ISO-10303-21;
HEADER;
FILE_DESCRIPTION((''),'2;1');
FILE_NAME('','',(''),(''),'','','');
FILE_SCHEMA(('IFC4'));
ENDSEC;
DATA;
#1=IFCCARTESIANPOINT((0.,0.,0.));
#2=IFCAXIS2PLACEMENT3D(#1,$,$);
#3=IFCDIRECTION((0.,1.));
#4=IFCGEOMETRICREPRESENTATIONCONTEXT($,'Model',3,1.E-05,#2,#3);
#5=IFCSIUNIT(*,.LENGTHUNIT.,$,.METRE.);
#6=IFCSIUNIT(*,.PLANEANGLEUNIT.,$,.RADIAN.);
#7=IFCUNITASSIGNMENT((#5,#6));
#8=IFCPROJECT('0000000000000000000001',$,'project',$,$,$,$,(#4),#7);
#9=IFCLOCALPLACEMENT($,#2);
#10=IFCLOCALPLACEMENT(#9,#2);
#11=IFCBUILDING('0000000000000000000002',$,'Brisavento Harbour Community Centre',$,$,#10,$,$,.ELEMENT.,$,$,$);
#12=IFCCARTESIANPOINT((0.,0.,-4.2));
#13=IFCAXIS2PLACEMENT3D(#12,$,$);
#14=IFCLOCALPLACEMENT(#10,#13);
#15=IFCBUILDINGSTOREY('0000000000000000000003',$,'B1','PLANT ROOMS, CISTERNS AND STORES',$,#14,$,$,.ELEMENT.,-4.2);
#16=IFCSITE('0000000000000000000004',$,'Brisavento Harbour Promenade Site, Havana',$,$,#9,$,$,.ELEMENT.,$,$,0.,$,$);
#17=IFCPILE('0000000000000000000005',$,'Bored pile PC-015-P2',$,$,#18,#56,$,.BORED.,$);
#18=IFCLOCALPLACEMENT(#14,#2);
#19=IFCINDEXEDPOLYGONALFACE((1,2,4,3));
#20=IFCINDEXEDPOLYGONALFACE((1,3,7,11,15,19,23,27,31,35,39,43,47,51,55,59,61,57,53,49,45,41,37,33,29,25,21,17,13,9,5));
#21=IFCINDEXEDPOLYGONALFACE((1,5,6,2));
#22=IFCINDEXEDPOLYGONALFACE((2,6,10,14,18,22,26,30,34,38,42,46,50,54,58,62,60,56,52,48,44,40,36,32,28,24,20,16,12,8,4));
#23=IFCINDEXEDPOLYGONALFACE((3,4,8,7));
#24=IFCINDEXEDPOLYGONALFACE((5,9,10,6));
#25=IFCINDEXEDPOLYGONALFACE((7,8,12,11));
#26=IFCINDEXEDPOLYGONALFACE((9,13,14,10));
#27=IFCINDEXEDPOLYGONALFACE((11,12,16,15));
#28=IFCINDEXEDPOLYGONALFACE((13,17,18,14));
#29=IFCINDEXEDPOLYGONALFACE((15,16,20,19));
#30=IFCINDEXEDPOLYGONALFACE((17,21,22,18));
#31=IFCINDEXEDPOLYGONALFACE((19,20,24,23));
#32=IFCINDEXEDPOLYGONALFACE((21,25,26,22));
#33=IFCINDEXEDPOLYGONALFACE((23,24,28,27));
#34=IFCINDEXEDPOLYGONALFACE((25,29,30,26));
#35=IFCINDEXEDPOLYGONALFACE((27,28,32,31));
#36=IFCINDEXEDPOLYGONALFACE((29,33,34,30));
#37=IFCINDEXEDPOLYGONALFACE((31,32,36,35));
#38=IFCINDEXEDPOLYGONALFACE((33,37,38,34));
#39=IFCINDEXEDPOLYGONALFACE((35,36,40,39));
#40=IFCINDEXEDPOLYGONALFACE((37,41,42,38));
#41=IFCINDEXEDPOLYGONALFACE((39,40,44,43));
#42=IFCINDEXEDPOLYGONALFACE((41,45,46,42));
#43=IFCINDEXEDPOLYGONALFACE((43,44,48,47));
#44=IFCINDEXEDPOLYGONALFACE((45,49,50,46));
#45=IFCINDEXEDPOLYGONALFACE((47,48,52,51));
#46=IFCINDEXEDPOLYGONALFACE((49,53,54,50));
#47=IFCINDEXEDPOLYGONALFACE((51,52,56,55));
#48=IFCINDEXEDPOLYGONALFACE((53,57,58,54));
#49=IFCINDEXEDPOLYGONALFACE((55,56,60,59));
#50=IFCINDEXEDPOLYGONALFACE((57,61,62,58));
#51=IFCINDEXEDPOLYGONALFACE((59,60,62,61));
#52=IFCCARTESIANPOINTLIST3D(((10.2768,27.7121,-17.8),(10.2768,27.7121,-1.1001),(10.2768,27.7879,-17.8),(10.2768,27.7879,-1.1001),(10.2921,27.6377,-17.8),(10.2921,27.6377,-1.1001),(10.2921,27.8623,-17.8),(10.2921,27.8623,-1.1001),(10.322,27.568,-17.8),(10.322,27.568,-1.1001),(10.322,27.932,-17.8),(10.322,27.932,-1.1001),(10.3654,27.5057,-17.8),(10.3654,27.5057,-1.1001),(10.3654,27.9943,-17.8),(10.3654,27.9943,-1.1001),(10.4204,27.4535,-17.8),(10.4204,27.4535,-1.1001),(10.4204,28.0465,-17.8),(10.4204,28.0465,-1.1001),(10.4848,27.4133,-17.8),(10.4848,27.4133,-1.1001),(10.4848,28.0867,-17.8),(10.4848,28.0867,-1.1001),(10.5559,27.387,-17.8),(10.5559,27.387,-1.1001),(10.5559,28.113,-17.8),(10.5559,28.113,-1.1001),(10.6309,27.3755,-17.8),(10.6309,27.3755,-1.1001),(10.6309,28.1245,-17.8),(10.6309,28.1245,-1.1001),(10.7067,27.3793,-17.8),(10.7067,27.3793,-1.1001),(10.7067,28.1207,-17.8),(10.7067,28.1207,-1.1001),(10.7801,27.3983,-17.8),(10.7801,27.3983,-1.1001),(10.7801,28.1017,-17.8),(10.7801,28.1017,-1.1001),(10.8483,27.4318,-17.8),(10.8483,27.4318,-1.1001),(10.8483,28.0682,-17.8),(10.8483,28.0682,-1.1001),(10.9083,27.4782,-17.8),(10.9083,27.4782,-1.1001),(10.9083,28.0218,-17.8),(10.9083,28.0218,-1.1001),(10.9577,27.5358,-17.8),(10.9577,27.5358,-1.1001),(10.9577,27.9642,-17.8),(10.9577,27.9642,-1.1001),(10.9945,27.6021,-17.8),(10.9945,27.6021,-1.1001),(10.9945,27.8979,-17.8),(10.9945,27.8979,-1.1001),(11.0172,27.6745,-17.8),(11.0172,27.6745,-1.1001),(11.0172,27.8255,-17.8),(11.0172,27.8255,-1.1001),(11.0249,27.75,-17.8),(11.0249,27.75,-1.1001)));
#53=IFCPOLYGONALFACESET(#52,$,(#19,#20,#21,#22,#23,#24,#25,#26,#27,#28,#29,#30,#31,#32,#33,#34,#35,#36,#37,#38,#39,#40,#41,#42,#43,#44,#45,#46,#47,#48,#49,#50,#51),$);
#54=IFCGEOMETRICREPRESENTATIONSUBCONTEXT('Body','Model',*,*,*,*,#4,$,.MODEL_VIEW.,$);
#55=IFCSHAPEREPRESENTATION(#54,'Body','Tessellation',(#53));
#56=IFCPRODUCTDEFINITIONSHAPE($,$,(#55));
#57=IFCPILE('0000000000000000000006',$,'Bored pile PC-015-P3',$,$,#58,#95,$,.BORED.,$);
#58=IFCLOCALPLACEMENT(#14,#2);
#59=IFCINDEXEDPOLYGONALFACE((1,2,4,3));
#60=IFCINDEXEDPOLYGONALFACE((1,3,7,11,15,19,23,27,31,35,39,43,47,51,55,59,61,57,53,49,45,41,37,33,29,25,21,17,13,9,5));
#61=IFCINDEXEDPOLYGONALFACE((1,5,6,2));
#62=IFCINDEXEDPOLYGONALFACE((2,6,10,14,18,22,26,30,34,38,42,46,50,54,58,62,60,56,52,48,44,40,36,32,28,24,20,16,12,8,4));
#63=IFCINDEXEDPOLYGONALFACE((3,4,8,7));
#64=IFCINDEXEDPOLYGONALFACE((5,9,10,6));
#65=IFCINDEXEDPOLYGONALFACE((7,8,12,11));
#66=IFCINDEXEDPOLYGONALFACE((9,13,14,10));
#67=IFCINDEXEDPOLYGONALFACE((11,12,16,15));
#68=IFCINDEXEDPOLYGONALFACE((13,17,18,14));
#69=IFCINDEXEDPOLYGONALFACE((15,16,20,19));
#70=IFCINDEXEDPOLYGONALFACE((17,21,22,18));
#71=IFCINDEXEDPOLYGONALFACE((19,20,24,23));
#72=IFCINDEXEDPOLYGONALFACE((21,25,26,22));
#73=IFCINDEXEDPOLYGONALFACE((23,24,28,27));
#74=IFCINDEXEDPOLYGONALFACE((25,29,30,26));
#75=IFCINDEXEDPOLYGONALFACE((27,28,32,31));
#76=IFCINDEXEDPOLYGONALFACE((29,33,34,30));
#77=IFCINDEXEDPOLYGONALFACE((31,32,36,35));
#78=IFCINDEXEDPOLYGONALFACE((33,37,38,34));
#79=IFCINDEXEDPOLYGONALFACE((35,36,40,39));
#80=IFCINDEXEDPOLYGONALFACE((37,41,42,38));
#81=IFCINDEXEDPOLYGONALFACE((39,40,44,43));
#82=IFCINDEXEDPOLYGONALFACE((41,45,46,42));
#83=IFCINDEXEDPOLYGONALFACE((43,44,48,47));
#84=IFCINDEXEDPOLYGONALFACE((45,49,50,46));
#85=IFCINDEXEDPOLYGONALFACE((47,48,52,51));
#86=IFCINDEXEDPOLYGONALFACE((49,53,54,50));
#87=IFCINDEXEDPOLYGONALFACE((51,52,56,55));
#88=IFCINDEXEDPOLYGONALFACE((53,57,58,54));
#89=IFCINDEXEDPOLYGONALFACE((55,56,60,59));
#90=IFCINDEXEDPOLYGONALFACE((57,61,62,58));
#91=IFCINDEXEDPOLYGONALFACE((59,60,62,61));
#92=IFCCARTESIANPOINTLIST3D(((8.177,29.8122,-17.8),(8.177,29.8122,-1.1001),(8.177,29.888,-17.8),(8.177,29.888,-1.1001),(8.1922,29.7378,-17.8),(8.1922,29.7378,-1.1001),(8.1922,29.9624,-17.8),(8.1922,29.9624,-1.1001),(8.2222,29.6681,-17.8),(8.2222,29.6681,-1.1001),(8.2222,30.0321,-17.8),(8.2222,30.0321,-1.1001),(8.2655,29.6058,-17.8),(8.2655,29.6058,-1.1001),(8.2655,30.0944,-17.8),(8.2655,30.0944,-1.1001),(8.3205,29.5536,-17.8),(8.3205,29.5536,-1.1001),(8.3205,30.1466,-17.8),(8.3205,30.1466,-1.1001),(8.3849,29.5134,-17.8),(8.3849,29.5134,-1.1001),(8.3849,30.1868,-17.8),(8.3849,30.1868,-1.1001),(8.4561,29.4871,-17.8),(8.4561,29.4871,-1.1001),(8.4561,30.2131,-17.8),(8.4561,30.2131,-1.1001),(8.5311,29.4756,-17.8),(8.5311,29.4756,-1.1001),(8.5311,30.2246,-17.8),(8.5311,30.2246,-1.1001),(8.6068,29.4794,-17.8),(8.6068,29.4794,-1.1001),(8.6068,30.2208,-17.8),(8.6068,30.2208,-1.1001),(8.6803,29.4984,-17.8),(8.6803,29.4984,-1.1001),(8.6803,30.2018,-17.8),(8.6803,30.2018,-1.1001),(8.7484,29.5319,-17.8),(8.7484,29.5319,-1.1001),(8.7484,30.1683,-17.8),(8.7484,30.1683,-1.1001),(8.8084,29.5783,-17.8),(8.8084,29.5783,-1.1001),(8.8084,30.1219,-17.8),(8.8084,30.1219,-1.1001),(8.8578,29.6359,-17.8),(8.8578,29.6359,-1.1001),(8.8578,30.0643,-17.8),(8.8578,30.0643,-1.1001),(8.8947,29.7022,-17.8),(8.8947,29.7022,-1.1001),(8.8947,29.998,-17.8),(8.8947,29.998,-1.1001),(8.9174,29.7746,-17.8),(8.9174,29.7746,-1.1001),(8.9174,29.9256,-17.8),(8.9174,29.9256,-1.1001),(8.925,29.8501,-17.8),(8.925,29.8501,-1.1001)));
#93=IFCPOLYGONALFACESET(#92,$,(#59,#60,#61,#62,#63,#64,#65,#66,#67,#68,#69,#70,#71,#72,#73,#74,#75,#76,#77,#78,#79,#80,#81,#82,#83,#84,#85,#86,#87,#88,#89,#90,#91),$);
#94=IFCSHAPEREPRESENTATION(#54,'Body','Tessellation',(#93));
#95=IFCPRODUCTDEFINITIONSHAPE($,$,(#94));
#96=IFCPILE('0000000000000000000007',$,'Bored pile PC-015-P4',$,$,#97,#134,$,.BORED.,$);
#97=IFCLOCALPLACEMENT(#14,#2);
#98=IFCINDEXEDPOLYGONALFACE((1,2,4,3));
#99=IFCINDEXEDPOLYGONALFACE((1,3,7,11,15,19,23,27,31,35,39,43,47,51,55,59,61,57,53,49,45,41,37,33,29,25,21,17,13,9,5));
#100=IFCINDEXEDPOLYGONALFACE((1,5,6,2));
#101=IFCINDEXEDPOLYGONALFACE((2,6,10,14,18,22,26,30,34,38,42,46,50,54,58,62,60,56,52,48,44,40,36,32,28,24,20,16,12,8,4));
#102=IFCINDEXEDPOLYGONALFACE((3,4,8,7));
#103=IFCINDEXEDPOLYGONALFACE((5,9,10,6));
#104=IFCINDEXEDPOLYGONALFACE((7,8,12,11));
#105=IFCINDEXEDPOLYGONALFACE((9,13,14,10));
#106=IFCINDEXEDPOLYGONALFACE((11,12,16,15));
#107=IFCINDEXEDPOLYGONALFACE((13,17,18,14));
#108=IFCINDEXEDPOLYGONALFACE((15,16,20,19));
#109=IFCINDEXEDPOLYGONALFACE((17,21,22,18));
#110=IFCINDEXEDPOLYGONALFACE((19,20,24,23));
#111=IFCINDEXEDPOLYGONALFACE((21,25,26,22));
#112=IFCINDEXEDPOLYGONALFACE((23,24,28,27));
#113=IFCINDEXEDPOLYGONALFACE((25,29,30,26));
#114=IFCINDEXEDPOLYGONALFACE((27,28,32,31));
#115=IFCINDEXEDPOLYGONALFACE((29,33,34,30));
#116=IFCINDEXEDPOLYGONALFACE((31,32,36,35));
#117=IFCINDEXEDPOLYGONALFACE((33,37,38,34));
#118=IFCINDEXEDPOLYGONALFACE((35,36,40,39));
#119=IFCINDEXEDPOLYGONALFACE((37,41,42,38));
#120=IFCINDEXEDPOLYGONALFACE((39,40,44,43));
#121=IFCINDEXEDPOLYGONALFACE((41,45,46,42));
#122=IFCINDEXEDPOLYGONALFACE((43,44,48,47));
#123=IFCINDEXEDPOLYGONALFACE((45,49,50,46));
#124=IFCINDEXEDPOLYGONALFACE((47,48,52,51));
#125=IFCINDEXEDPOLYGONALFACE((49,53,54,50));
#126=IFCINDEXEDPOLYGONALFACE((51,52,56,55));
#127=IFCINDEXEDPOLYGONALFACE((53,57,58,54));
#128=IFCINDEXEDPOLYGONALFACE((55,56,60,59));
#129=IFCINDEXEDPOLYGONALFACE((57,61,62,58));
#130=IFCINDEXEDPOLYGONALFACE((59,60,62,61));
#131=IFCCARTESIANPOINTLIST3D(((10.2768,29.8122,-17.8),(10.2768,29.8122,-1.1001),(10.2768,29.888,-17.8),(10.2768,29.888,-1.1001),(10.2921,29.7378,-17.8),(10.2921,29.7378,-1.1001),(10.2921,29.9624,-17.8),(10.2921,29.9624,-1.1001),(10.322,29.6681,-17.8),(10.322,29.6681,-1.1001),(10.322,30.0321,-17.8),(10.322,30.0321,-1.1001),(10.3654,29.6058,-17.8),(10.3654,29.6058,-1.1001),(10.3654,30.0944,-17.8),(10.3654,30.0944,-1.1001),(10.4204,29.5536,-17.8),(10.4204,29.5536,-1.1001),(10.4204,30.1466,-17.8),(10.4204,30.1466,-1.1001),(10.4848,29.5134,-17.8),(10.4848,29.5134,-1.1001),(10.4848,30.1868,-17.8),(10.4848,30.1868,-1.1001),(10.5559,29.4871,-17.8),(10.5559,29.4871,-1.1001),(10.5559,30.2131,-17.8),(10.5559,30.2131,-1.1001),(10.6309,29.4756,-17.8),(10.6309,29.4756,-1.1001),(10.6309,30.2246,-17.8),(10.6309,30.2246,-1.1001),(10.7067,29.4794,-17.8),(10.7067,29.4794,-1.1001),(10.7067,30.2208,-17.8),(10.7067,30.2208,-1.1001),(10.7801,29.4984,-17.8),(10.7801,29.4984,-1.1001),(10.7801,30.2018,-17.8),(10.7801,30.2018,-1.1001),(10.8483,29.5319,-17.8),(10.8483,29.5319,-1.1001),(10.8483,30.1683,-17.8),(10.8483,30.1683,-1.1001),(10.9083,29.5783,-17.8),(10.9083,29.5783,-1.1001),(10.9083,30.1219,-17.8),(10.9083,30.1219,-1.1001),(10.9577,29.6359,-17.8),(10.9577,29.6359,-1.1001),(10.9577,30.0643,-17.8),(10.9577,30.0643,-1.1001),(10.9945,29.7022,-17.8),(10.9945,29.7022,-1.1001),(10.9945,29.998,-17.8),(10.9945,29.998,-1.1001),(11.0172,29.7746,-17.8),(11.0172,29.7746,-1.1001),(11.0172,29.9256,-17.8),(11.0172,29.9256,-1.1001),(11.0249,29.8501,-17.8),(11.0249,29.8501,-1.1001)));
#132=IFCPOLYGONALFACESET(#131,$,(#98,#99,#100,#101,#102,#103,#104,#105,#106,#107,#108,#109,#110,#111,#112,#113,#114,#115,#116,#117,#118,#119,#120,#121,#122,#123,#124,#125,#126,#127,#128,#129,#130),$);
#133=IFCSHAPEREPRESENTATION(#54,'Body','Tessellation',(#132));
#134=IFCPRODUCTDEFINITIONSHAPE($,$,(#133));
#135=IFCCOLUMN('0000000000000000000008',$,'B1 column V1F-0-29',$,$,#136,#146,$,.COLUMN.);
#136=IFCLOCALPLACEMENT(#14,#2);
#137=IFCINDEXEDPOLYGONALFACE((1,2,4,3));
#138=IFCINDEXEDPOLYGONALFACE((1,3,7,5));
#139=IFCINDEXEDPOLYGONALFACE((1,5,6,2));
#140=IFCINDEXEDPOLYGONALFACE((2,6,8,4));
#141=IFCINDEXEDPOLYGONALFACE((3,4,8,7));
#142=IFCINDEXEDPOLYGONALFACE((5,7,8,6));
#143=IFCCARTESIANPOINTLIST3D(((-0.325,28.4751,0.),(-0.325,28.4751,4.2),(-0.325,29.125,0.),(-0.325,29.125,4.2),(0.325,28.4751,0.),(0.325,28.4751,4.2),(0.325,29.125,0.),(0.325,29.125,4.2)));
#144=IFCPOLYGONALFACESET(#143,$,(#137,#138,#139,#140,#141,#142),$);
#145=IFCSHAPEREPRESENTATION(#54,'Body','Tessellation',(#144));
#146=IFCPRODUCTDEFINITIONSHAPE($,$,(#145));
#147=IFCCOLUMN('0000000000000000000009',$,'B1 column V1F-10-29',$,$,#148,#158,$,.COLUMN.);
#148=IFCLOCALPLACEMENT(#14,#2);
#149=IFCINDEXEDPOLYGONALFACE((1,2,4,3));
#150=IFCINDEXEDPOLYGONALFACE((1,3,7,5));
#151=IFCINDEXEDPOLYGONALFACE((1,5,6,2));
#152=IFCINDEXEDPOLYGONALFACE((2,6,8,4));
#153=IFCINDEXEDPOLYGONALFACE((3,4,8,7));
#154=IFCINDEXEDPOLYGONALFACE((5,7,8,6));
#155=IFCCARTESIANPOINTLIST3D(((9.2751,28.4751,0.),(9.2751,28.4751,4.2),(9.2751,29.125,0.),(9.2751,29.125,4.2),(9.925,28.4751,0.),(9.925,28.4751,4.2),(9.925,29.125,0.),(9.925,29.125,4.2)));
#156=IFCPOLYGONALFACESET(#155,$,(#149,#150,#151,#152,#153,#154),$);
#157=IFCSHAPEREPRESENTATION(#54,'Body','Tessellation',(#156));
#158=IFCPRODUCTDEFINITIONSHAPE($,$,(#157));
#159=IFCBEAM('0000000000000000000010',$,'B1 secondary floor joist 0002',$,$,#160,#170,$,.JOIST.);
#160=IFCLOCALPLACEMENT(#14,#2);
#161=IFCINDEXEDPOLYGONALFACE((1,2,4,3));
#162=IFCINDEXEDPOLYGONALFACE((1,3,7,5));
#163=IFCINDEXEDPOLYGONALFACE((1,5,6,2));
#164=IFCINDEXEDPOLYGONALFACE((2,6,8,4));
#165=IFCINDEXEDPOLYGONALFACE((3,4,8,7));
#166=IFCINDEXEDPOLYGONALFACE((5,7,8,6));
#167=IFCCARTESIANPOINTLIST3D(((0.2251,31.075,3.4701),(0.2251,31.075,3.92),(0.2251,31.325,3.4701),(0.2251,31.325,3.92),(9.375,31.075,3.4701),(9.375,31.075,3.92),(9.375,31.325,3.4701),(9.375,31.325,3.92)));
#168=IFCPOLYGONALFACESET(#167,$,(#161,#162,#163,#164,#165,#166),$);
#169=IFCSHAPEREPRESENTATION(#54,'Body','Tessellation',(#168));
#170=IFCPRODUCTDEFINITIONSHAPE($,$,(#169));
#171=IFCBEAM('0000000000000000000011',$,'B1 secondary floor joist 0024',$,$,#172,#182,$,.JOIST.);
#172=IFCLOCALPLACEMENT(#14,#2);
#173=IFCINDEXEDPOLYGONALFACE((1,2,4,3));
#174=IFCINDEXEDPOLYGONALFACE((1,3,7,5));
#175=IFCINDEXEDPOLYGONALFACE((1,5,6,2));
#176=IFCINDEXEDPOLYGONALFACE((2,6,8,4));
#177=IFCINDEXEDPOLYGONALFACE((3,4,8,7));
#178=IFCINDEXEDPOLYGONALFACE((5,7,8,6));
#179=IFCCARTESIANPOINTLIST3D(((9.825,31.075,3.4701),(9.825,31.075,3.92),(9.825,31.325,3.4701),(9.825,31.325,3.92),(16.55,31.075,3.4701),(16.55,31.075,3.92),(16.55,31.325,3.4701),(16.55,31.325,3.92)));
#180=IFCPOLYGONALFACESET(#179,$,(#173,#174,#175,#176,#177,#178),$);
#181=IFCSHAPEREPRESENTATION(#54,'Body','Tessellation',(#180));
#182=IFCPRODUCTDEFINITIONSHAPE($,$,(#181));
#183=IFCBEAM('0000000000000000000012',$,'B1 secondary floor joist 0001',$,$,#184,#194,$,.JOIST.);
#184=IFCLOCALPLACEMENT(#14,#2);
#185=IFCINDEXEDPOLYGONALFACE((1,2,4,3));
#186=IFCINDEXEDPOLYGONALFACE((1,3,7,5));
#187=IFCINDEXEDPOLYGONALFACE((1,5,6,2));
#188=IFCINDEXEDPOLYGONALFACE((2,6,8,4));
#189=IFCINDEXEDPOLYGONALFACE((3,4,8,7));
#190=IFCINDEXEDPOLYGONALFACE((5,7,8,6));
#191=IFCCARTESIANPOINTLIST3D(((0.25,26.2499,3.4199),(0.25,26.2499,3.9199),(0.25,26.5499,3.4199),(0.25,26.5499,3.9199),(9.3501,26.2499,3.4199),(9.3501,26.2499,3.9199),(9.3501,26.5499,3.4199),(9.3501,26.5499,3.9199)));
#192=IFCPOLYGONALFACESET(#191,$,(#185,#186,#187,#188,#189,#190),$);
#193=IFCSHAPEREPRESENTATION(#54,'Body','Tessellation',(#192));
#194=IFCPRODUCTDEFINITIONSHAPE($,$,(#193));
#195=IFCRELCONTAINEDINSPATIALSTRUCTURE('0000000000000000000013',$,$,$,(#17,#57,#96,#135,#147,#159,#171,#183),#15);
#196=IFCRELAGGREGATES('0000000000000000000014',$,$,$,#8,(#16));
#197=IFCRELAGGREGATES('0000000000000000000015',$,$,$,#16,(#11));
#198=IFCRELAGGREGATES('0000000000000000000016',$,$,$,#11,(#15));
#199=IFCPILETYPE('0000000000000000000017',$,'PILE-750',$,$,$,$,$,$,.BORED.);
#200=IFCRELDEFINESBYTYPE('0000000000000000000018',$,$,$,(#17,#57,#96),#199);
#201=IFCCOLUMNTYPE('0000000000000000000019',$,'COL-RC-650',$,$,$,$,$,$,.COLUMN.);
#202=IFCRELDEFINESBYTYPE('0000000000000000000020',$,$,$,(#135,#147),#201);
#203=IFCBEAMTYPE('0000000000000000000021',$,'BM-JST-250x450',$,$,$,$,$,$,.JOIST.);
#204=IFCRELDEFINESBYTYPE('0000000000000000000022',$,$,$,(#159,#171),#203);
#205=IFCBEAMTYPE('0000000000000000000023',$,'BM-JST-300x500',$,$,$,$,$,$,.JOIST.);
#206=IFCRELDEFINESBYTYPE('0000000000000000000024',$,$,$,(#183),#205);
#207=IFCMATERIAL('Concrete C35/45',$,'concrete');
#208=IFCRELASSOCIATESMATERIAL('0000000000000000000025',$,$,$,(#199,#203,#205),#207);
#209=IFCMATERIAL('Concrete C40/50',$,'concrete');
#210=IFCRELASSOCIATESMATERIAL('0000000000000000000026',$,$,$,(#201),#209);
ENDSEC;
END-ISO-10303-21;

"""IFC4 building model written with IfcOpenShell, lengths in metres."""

from ifc_helpers import new_model, si_unit, direction, frame, origin, origin_2d, place, context, subcontext, project, spatial, rectangle, circle, extrude, material, material_profile, profile_set, type_object, element, save


model = new_model("IFC4")

# Units and contexts
model_context = context("Model", 3, precision=1e-05, world=origin(), true_north=direction((0.0, 1.0)))
body_context = subcontext(model_context, "Body", "Model", "MODEL_VIEW")
ifc_project = project(units=[si_unit("LENGTHUNIT", "METRE"), si_unit("PLANEANGLEUNIT", "RADIAN")], contexts=[model_context])

# Site, building, storey
site_placement = place(None, origin())
site = spatial("IfcSite", under=ifc_project, at=site_placement, Name="Brisavento Harbour Promenade Site, Havana", CompositionType="ELEMENT", RefElevation=0.0)
building_placement = place(site_placement, origin())
building = spatial("IfcBuilding", under=site, at=building_placement, Name="Brisavento Harbour Community Centre", CompositionType="ELEMENT")
storey_placement = place(building_placement, frame((0.0, 0.0, -4.2)))
storey = spatial("IfcBuildingStorey", under=building, at=storey_placement, Name="B1", Description="PLANT ROOMS, CISTERNS AND STORES", CompositionType="ELEMENT", Elevation=-4.2)

# Shared definitions
ifc_material_1 = material(Name="Concrete C35/45", Category="concrete")

# Piles
ifc_material_profile_1 = material_profile(ifc_material_1, circle(Radius=0.375, at=origin_2d()), Name="Concrete C35/45")
ifc_profile_set_1 = profile_set([ifc_material_profile_1], Name="Concrete C35/45")
pile_type = type_object("IfcPileType", Name="PILE-750", PredefinedType="BORED", material=ifc_profile_set_1)
for number, where, z_axis, x_axis, name in (
    (1, (10.6499, 27.75, -1.1001), (0.0, 0.0, -1.0), (1.0, 0.0, 0.0), "Bored pile PC-015-P2"),
    (2, (8.55, 29.8501, -1.1001), (0.0, 0.0, -1.0), (1.0, 0.0, 0.0), "Bored pile PC-015-P3"),
    (3, (10.6499, 29.8501, -1.1001), (0.0, 0.0, -1.0), (1.0, 0.0, 0.0), "Bored pile PC-015-P4"),
):
    element("IfcPile", number, at=place(storey_placement, frame(where, z_axis=z_axis, x_axis=x_axis)), inside=storey, type_object=pile_type, Name=name, PredefinedType="BORED", context=body_context, shape_type="SweptSolid", body=[
        extrude(circle(Radius=0.375, at=origin_2d()), origin(), (0.0, 0.0, 1.0), 16.7),
    ])

# Columns
ifc_material_2 = material(Name="Concrete C40/50", Category="concrete")
ifc_material_profile_2 = material_profile(ifc_material_2, rectangle(XDim=0.6499, YDim=0.6499, at=origin_2d()), Name="Concrete C40/50")
ifc_profile_set_2 = profile_set([ifc_material_profile_2], Name="Concrete C40/50")
column_type = type_object("IfcColumnType", Name="COL-RC-650", PredefinedType="COLUMN", material=ifc_profile_set_2)
for number, where, z_axis, x_axis, name in (
    (4, (0.0, 28.8, 0.0), (0.0, 0.0, 1.0), (1.0, 0.0, 0.0), "B1 column V1F-0-29"),
    (5, (9.6001, 28.8, 0.0), (0.0, 0.0, 1.0), (1.0, 0.0, 0.0), "B1 column V1F-10-29"),
):
    element("IfcColumn", number, at=place(storey_placement, frame(where, z_axis=z_axis, x_axis=x_axis)), inside=storey, type_object=column_type, Name=name, PredefinedType="COLUMN", context=body_context, shape_type="SweptSolid", body=[
        extrude(rectangle(XDim=0.6499, YDim=0.6499, at=origin_2d()), origin(), (0.0, 0.0, 1.0), 4.2),
    ])

# Beams
ifc_material_profile_3 = material_profile(ifc_material_1, rectangle(XDim=0.25, YDim=0.45, at=origin_2d()), Name="Concrete C35/45")
ifc_profile_set_3 = profile_set([ifc_material_profile_3], Name="Concrete C35/45")
beam_type_1 = type_object("IfcBeamType", Name="BM-JST-250x450", PredefinedType="JOIST", material=ifc_profile_set_3)
beam_1_placement = place(storey_placement, frame((0.2251, 31.2, 3.6951), z_axis=(1.0, 0.0, 0.0), x_axis=(0.0, 1.0, 0.0)))
element("IfcBeam", 6, at=beam_1_placement, inside=storey, type_object=beam_type_1, Name="B1 secondary floor joist 0002", PredefinedType="JOIST", context=body_context, shape_type="SweptSolid", body=[
    extrude(rectangle(XDim=0.25, YDim=0.45, at=origin_2d()), origin(), (0.0, 0.0, 1.0), 9.1499),
])
beam_2_placement = place(storey_placement, frame((9.825, 31.2, 3.6951), z_axis=(1.0, 0.0, 0.0), x_axis=(0.0, 1.0, 0.0)))
element("IfcBeam", 7, at=beam_2_placement, inside=storey, type_object=beam_type_1, Name="B1 secondary floor joist 0024", PredefinedType="JOIST", context=body_context, shape_type="SweptSolid", body=[
    extrude(rectangle(XDim=0.25, YDim=0.45, at=origin_2d()), origin(), (0.0, 0.0, 1.0), 6.7251),
])
ifc_material_profile_4 = material_profile(ifc_material_1, rectangle(XDim=0.3, YDim=0.5, at=origin_2d()), Name="Concrete C35/45")
ifc_profile_set_4 = profile_set([ifc_material_profile_4], Name="Concrete C35/45")
beam_type_2 = type_object("IfcBeamType", Name="BM-JST-300x500", PredefinedType="JOIST", material=ifc_profile_set_4)
beam_3_placement = place(storey_placement, frame((0.25, 26.3999, 3.6699), z_axis=(1.0, 0.0, 0.0), x_axis=(0.0, 1.0, 0.0)))
element("IfcBeam", 8, at=beam_3_placement, inside=storey, type_object=beam_type_2, Name="B1 secondary floor joist 0001", PredefinedType="JOIST", context=body_context, shape_type="SweptSolid", body=[
    extrude(rectangle(XDim=0.3, YDim=0.5, at=origin_2d()), origin(), (0.0, 0.0, 1.0), 9.1001),
])

save(model, "model.ifc")
